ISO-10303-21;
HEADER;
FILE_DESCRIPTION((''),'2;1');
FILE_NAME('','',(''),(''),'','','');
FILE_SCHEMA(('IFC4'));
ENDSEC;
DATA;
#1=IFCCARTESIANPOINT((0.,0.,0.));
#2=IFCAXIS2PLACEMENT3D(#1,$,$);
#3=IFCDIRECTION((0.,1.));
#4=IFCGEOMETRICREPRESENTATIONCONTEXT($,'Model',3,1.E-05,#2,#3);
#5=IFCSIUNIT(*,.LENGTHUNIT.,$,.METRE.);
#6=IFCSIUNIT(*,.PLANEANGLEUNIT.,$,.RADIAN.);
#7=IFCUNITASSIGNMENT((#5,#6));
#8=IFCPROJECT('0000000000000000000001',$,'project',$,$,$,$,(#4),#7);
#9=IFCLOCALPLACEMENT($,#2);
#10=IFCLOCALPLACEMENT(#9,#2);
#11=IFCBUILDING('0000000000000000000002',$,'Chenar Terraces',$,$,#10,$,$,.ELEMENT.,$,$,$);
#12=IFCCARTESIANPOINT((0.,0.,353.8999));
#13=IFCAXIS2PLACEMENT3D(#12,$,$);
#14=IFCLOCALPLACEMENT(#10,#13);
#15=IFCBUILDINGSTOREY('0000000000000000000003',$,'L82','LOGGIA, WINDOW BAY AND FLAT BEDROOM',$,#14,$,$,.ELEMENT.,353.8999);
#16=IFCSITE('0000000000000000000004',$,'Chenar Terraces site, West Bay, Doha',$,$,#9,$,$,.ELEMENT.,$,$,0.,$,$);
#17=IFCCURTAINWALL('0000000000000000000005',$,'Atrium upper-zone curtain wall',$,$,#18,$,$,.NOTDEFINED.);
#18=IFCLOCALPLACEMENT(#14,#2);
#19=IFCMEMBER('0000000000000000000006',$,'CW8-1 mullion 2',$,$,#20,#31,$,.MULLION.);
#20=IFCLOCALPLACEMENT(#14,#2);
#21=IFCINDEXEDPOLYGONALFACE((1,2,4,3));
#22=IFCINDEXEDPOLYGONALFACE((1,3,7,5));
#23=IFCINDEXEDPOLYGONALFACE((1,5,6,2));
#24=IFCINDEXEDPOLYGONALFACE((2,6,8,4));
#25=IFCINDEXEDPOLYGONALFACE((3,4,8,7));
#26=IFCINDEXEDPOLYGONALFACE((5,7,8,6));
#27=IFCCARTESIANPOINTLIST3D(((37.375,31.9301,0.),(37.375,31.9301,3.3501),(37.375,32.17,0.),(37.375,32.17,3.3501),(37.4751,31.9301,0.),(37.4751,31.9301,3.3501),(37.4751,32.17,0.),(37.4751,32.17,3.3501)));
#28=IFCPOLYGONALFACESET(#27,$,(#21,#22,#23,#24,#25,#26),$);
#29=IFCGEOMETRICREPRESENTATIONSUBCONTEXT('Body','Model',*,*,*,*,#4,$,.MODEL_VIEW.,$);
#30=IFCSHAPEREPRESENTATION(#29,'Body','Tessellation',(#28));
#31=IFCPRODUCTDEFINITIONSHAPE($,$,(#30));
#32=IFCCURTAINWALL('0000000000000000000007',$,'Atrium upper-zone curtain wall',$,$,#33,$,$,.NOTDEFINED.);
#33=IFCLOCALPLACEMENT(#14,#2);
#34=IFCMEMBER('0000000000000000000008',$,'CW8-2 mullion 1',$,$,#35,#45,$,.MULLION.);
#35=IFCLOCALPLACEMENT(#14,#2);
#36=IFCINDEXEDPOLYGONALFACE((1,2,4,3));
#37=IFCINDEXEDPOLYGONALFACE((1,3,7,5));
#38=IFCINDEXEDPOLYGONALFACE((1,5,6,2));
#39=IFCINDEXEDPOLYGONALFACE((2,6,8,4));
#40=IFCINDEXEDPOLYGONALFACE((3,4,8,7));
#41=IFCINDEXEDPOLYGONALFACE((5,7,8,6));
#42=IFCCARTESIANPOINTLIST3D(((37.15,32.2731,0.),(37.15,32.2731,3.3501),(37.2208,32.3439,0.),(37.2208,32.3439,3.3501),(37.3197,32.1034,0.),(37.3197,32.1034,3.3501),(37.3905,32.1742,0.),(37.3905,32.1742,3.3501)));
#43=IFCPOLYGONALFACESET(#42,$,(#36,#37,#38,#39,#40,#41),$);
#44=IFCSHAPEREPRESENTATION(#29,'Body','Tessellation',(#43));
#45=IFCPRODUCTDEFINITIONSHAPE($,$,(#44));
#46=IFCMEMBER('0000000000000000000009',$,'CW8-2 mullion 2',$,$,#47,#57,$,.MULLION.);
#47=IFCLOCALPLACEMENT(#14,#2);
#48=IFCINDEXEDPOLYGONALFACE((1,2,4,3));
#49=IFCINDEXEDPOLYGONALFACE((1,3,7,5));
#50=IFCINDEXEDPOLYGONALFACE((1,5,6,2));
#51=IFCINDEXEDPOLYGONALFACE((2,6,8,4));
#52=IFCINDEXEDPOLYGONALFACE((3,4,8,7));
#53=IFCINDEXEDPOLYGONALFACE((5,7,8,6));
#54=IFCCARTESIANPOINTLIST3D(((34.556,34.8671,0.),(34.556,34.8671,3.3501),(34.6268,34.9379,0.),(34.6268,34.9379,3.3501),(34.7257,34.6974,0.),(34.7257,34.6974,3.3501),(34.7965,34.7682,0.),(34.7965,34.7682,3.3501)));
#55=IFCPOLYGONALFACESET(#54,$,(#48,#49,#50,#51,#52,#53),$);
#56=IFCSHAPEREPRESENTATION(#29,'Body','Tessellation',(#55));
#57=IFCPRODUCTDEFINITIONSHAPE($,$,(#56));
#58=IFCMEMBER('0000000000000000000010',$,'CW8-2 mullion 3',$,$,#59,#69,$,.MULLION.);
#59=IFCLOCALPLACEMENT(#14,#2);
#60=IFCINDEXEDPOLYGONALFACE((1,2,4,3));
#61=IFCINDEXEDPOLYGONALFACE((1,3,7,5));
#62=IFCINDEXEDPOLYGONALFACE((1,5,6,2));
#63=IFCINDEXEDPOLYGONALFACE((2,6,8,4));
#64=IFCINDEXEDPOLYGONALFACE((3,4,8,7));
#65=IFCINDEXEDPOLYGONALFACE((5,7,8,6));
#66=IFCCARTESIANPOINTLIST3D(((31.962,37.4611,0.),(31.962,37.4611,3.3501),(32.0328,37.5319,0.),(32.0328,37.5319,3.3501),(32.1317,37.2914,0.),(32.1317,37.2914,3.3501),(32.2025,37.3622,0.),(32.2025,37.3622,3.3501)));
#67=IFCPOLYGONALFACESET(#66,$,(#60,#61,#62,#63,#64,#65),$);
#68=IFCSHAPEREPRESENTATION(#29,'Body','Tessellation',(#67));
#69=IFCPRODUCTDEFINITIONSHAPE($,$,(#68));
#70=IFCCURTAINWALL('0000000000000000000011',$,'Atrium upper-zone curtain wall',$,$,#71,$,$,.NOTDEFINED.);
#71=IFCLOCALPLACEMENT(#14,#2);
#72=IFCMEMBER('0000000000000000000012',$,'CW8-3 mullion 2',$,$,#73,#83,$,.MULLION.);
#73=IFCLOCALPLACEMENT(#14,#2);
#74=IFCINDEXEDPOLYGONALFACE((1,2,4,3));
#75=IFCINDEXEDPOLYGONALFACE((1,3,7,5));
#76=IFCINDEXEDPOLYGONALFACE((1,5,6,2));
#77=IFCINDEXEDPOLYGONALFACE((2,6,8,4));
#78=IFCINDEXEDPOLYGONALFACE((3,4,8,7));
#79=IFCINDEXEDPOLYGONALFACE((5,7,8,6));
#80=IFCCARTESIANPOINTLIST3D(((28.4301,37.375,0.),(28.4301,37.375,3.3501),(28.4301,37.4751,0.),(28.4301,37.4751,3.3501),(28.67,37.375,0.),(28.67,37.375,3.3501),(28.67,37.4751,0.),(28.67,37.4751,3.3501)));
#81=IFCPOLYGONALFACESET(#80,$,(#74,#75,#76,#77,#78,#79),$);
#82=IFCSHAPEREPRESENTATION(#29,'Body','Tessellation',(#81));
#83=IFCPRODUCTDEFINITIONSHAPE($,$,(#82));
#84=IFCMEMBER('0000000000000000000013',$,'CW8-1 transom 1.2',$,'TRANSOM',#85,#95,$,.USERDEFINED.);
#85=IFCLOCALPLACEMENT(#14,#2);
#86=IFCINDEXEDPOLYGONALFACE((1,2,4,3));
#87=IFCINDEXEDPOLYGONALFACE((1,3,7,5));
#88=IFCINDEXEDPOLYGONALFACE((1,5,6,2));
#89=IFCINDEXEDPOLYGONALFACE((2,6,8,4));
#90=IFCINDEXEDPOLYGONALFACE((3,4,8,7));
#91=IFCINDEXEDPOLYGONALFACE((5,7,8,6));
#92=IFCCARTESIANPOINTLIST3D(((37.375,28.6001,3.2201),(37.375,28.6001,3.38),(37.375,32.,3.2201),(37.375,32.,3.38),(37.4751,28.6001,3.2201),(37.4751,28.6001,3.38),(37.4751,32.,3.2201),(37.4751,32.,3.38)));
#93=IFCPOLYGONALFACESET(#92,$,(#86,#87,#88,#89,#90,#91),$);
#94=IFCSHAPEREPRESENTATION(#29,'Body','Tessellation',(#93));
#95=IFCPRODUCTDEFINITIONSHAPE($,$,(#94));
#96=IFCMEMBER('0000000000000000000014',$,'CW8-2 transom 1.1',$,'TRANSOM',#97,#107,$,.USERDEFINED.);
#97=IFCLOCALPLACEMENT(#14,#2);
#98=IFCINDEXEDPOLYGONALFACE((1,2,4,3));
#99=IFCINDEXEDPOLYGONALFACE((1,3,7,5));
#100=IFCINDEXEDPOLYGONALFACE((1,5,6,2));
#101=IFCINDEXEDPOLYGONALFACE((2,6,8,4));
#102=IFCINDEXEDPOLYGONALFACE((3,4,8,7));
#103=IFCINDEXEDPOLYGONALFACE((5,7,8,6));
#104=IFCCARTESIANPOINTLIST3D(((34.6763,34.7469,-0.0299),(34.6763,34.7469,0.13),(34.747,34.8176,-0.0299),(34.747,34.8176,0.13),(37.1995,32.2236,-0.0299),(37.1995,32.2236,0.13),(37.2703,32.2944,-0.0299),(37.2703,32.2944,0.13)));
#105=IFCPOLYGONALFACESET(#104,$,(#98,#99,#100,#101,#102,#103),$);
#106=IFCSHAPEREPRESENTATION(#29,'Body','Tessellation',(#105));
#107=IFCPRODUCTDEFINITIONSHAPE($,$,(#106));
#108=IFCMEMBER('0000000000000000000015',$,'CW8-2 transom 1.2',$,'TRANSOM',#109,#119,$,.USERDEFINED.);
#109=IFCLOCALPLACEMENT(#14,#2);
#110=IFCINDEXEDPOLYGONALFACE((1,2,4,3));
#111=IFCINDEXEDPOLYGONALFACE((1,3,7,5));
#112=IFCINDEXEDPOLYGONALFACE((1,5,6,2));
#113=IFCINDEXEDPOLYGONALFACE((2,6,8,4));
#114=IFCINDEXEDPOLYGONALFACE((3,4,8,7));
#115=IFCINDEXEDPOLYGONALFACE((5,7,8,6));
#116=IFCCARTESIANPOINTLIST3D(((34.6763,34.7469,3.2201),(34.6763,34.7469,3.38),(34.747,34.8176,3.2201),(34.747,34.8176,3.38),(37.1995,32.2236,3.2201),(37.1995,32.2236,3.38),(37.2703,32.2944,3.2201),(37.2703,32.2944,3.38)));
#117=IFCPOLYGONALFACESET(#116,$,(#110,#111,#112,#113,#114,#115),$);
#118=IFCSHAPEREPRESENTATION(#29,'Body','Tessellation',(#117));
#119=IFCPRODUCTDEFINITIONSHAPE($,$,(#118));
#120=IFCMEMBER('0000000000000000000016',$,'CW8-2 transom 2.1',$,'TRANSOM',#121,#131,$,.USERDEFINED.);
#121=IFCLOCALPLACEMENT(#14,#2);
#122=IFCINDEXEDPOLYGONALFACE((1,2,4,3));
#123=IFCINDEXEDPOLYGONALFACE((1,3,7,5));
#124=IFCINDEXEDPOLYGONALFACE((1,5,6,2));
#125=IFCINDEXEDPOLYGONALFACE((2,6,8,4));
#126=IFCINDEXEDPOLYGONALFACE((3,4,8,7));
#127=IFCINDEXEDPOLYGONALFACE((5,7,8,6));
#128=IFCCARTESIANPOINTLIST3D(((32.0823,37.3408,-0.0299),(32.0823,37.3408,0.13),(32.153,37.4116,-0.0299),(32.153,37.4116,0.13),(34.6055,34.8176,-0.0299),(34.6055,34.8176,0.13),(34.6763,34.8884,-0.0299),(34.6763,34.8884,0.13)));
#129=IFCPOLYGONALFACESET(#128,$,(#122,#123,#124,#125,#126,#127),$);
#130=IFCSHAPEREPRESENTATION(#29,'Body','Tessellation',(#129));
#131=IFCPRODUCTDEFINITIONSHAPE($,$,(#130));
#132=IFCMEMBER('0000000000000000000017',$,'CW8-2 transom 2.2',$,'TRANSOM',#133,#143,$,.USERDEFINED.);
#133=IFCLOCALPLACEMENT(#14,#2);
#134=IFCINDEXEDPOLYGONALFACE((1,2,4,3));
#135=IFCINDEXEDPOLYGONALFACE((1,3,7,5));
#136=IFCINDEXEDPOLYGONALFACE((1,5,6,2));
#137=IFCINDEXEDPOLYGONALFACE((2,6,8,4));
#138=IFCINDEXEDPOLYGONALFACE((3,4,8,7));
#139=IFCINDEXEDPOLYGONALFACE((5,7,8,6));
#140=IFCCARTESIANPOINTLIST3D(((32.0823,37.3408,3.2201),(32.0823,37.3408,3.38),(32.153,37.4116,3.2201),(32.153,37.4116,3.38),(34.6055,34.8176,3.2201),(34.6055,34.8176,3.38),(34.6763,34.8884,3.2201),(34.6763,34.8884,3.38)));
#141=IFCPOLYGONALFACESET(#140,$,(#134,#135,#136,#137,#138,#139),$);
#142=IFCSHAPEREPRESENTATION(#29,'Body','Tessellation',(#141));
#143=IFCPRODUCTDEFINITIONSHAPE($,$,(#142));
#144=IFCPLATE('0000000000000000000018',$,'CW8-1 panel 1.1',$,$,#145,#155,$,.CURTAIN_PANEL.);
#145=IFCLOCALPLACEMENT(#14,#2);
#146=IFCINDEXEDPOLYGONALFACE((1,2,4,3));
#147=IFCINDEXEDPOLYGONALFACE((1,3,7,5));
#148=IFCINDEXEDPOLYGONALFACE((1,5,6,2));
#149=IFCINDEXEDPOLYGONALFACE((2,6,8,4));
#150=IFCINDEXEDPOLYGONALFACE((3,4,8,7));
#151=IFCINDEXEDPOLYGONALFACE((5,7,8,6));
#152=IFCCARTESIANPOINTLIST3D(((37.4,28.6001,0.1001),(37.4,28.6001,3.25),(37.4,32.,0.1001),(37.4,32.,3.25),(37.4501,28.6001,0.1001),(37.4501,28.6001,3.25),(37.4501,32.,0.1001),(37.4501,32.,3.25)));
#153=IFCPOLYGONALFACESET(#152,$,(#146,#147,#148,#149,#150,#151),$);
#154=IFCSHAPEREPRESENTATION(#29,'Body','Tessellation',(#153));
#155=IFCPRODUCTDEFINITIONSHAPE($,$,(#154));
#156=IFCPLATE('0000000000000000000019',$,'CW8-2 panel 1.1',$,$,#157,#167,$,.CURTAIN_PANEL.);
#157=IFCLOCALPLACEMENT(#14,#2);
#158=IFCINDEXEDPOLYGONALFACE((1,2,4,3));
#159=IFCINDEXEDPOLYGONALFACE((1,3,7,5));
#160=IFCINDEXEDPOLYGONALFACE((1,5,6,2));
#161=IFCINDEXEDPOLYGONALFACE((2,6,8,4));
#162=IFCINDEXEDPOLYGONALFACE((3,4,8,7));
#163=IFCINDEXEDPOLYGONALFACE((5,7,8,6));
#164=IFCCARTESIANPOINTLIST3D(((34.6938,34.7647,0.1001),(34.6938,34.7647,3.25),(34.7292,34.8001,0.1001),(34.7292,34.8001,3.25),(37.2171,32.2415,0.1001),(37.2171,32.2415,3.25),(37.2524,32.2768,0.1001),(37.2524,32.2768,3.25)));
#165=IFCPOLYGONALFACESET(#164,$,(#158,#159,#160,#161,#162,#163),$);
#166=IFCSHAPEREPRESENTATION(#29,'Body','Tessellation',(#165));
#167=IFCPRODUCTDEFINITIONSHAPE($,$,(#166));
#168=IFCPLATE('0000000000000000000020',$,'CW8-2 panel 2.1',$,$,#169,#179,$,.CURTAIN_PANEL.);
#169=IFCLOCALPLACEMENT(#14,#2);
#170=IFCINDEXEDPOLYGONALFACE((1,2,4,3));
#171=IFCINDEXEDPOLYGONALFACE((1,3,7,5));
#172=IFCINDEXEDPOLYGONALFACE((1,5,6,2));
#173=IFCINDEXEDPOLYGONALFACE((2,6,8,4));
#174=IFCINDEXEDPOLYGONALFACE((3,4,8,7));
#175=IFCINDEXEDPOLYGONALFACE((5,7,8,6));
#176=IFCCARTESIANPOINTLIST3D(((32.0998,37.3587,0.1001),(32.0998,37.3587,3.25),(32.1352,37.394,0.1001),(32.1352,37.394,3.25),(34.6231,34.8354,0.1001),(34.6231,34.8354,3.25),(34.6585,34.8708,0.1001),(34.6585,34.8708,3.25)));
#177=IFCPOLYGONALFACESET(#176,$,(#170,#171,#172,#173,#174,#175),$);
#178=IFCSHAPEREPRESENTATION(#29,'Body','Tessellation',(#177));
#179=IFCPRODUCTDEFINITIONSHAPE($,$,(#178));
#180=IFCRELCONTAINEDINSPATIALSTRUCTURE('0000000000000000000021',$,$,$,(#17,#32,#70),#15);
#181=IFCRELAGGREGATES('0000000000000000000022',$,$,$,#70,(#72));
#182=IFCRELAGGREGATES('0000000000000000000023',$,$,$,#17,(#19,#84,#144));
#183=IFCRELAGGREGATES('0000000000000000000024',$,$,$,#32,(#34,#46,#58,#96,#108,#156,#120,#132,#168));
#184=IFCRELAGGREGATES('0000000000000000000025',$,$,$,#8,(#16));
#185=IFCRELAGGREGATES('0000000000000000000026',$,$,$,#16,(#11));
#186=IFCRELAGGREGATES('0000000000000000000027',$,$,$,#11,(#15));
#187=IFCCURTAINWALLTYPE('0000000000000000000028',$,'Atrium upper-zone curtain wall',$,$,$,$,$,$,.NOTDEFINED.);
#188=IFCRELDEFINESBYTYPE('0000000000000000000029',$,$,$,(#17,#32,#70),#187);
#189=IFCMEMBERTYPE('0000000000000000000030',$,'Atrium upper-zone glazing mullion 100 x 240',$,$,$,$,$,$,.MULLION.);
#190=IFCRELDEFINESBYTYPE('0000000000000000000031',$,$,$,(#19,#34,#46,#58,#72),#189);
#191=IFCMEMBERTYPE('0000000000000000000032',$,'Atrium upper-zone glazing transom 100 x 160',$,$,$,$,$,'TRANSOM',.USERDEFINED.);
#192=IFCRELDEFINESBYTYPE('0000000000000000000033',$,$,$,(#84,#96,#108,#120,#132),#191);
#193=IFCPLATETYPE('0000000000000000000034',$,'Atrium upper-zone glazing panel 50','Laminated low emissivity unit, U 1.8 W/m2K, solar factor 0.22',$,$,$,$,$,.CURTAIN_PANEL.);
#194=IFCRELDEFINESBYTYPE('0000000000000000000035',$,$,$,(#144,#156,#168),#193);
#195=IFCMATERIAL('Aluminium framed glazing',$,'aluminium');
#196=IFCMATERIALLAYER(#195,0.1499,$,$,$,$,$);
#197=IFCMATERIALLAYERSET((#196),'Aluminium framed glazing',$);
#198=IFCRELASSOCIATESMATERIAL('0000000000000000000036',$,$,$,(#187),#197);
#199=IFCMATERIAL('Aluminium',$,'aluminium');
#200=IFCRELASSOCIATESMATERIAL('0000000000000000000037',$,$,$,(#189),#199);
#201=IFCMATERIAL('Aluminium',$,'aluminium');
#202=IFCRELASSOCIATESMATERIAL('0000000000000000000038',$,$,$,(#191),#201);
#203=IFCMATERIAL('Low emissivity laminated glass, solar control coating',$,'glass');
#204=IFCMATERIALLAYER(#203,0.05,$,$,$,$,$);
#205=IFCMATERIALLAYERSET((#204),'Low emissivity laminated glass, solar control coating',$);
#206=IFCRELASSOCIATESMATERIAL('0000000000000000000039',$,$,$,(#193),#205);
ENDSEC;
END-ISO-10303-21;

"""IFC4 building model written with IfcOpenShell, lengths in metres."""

from ifc_helpers import new_model, si_unit, direction, frame, origin, origin_2d, place, context, subcontext, project, spatial, rectangle, extrude, material, layer, layer_set, material_profile, profile_set, type_object, element, aggregate, save


model = new_model("IFC4")

# Units and contexts
model_context = context("Model", 3, precision=1e-05, world=origin(), true_north=direction((0.0, 1.0)))
body_context = subcontext(model_context, "Body", "Model", "MODEL_VIEW")
ifc_project = project(units=[si_unit("LENGTHUNIT", "METRE"), si_unit("PLANEANGLEUNIT", "RADIAN")], contexts=[model_context])

# Site, building, storey
site_placement = place(None, origin())
site = spatial("IfcSite", under=ifc_project, at=site_placement, Name="Chenar Terraces site, West Bay, Doha", CompositionType="ELEMENT", RefElevation=0.0)
building_placement = place(site_placement, origin())
building = spatial("IfcBuilding", under=site, at=building_placement, Name="Chenar Terraces", CompositionType="ELEMENT")
storey_placement = place(building_placement, frame((0.0, 0.0, 353.8999)))
storey = spatial("IfcBuildingStorey", under=building, at=storey_placement, Name="L82", Description="LOGGIA, WINDOW BAY AND FLAT BEDROOM", CompositionType="ELEMENT", Elevation=353.8999)

# Curtain wall, member
ifc_material_1 = material(Name="Aluminium framed glazing", Category="aluminium")
ifc_layer_1 = layer(ifc_material_1, 0.1499)
ifc_layer_set_1 = layer_set([ifc_layer_1], Name="Aluminium framed glazing")
curtain_wall_type = type_object("IfcCurtainWallType", Name="Atrium upper-zone curtain wall", PredefinedType="NOTDEFINED", material=ifc_layer_set_1)
placement = place(storey_placement, origin())
curtain_wall_1 = element("IfcCurtainWall", 1, at=placement, inside=storey, type_object=curtain_wall_type, Name="Atrium upper-zone curtain wall", PredefinedType="NOTDEFINED")
ifc_material_2 = material(Name="Aluminium", Category="aluminium")
ifc_material_profile_1 = material_profile(ifc_material_2, rectangle(XDim=0.1001, YDim=0.24, at=origin_2d()), Name="Atrium upper-zone glazing mullion 100 x 240")
ifc_profile_set_1 = profile_set([ifc_material_profile_1], Name="Aluminium")
member_type_1 = type_object("IfcMemberType", Name="Atrium upper-zone glazing mullion 100 x 240", PredefinedType="MULLION", material=ifc_profile_set_1)
member_1_placement = place(storey_placement, frame((37.425, 32.05, 0.0), z_axis=(0.0, 0.0, 1.0), x_axis=(-1.0, 0.0, 0.0)))
member_1 = element("IfcMember", 2, at=member_1_placement, type_object=member_type_1, Name="CW8-1 mullion 2", PredefinedType="MULLION", context=body_context, shape_type="SweptSolid", body=[
    extrude(rectangle(XDim=0.1001, YDim=0.24, at=origin_2d()), origin(), (0.0, 0.0, 1.0), 3.3501),
])

# Curtain wall, members
curtain_wall_2 = element("IfcCurtainWall", 3, at=placement, inside=storey, type_object=curtain_wall_type, Name="Atrium upper-zone curtain wall", PredefinedType="NOTDEFINED")
member_2_placement = place(storey_placement, frame((37.2703, 32.2236, 0.0), z_axis=(0.0, 0.0, 1.0), x_axis=(-0.707107, -0.707107, 0.0)))
member_2 = element("IfcMember", 4, at=member_2_placement, type_object=member_type_1, Name="CW8-2 mullion 1", PredefinedType="MULLION", context=body_context, shape_type="SweptSolid", body=[
    extrude(rectangle(XDim=0.1001, YDim=0.24, at=origin_2d()), origin(), (0.0, 0.0, 1.0), 3.3501),
])
member_3_placement = place(storey_placement, frame((34.6763, 34.8176, 0.0), z_axis=(0.0, 0.0, 1.0), x_axis=(-0.707107, -0.707107, 0.0)))
member_3 = element("IfcMember", 5, at=member_3_placement, type_object=member_type_1, Name="CW8-2 mullion 2", PredefinedType="MULLION", context=body_context, shape_type="SweptSolid", body=[
    extrude(rectangle(XDim=0.1001, YDim=0.24, at=origin_2d()), origin(), (0.0, 0.0, 1.0), 3.3501),
])
member_4_placement = place(storey_placement, frame((32.0823, 37.4116, 0.0), z_axis=(0.0, 0.0, 1.0), x_axis=(-0.707107, -0.707107, 0.0)))
member_4 = element("IfcMember", 6, at=member_4_placement, type_object=member_type_1, Name="CW8-2 mullion 3", PredefinedType="MULLION", context=body_context, shape_type="SweptSolid", body=[
    extrude(rectangle(XDim=0.1001, YDim=0.24, at=origin_2d()), origin(), (0.0, 0.0, 1.0), 3.3501),
])

# Curtain wall, member
curtain_wall_3 = element("IfcCurtainWall", 7, at=placement, inside=storey, type_object=curtain_wall_type, Name="Atrium upper-zone curtain wall", PredefinedType="NOTDEFINED")
member_5_placement = place(storey_placement, frame((28.55, 37.425, 0.0), z_axis=(0.0, 0.0, 1.0), x_axis=(0.0, -1.0, 0.0)))
member_5 = element("IfcMember", 8, at=member_5_placement, type_object=member_type_1, Name="CW8-3 mullion 2", PredefinedType="MULLION", context=body_context, shape_type="SweptSolid", body=[
    extrude(rectangle(XDim=0.1001, YDim=0.24, at=origin_2d()), origin(), (0.0, 0.0, 1.0), 3.3501),
])
aggregate(curtain_wall_3, [member_5])

# Members
ifc_material_3 = material(Name="Aluminium", Category="aluminium")
ifc_material_profile_2 = material_profile(ifc_material_3, rectangle(XDim=0.1001, YDim=0.1599, at=origin_2d()), Name="Atrium upper-zone glazing transom 100 x 160")
ifc_profile_set_2 = profile_set([ifc_material_profile_2], Name="Aluminium")
member_type_2 = type_object("IfcMemberType", Name="Atrium upper-zone glazing transom 100 x 160", ElementType="TRANSOM", PredefinedType="USERDEFINED", material=ifc_profile_set_2)
member_6_placement = place(storey_placement, frame((37.425, 28.6001, 3.3), z_axis=(0.0, 1.0, 0.0), x_axis=(-1.0, 0.0, 0.0)))
member_6 = element("IfcMember", 9, at=member_6_placement, type_object=member_type_2, Name="CW8-1 transom 1.2", ObjectType="TRANSOM", PredefinedType="USERDEFINED", context=body_context, shape_type="SweptSolid", body=[
    extrude(rectangle(XDim=0.1001, YDim=0.1599, at=origin_2d()), origin(), (0.0, 0.0, 1.0), 3.3999),
])
member_7_placement = place(storey_placement, frame((37.2349, 32.259, 0.05), z_axis=(-0.707107, 0.707107, 0.0), x_axis=(-0.707107, -0.707107, 0.0)))
member_7 = element("IfcMember", 10, at=member_7_placement, type_object=member_type_2, Name="CW8-2 transom 1.1", ObjectType="TRANSOM", PredefinedType="USERDEFINED", context=body_context, shape_type="SweptSolid", body=[
    extrude(rectangle(XDim=0.1001, YDim=0.1599, at=origin_2d()), origin(), (0.0, 0.0, 1.0), 3.5684),
])
member_8_placement = place(storey_placement, frame((37.2349, 32.259, 3.3), z_axis=(-0.707107, 0.707107, 0.0), x_axis=(-0.707107, -0.707107, 0.0)))
member_8 = element("IfcMember", 11, at=member_8_placement, type_object=member_type_2, Name="CW8-2 transom 1.2", ObjectType="TRANSOM", PredefinedType="USERDEFINED", context=body_context, shape_type="SweptSolid", body=[
    extrude(rectangle(XDim=0.1001, YDim=0.1599, at=origin_2d()), origin(), (0.0, 0.0, 1.0), 3.5684),
])
member_9_placement = place(storey_placement, frame((34.6409, 34.853, 0.05), z_axis=(-0.707107, 0.707107, 0.0), x_axis=(-0.707107, -0.707107, 0.0)))
member_9 = element("IfcMember", 12, at=member_9_placement, type_object=member_type_2, Name="CW8-2 transom 2.1", ObjectType="TRANSOM", PredefinedType="USERDEFINED", context=body_context, shape_type="SweptSolid", body=[
    extrude(rectangle(XDim=0.1001, YDim=0.1599, at=origin_2d()), origin(), (0.0, 0.0, 1.0), 3.5684),
])
member_10_placement = place(storey_placement, frame((34.6409, 34.853, 3.3), z_axis=(-0.707107, 0.707107, 0.0), x_axis=(-0.707107, -0.707107, 0.0)))
member_10 = element("IfcMember", 13, at=member_10_placement, type_object=member_type_2, Name="CW8-2 transom 2.2", ObjectType="TRANSOM", PredefinedType="USERDEFINED", context=body_context, shape_type="SweptSolid", body=[
    extrude(rectangle(XDim=0.1001, YDim=0.1599, at=origin_2d()), origin(), (0.0, 0.0, 1.0), 3.5684),
])

# Plates
ifc_material_4 = material(Name="Low emissivity laminated glass, solar control coating", Category="glass")
ifc_layer_2 = layer(ifc_material_4, 0.05)
ifc_layer_set_2 = layer_set([ifc_layer_2], Name="Low emissivity laminated glass, solar control coating")
plate_type = type_object("IfcPlateType", Name="Atrium upper-zone glazing panel 50", Description="Laminated low emissivity unit, U 1.8 W/m2K, solar factor 0.22", PredefinedType="CURTAIN_PANEL", material=ifc_layer_set_2)
plate_1_placement = place(storey_placement, frame((37.425, 30.3, 0.1001), z_axis=(0.0, 0.0, 1.0), x_axis=(0.0, 1.0, 0.0)))
plate_1 = element("IfcPlate", 14, at=plate_1_placement, type_object=plate_type, Name="CW8-1 panel 1.1", PredefinedType="CURTAIN_PANEL", context=body_context, shape_type="SweptSolid", body=[
    extrude(rectangle(XDim=3.3999, YDim=0.05, at=origin_2d()), origin(), (0.0, 0.0, 1.0), 3.1499),
])
aggregate(curtain_wall_1, [member_1, member_6, plate_1])
plate_2_placement = place(storey_placement, frame((35.9731, 33.5208, 0.1001), z_axis=(0.0, 0.0, 1.0), x_axis=(-0.707107, 0.707107, 0.0)))
plate_2 = element("IfcPlate", 15, at=plate_2_placement, type_object=plate_type, Name="CW8-2 panel 1.1", PredefinedType="CURTAIN_PANEL", context=body_context, shape_type="SweptSolid", body=[
    extrude(rectangle(XDim=3.5684, YDim=0.05, at=origin_2d()), origin(), (0.0, 0.0, 1.0), 3.1499),
])
plate_3_placement = place(storey_placement, frame((33.3792, 36.1147, 0.1001), z_axis=(0.0, 0.0, 1.0), x_axis=(-0.707107, 0.707107, 0.0)))
plate_3 = element("IfcPlate", 16, at=plate_3_placement, type_object=plate_type, Name="CW8-2 panel 2.1", PredefinedType="CURTAIN_PANEL", context=body_context, shape_type="SweptSolid", body=[
    extrude(rectangle(XDim=3.5684, YDim=0.05, at=origin_2d()), origin(), (0.0, 0.0, 1.0), 3.1499),
])
aggregate(curtain_wall_2, [member_2, member_3, member_4, member_7, member_8, plate_2, member_9, member_10, plate_3])

save(model, "model.ifc")
